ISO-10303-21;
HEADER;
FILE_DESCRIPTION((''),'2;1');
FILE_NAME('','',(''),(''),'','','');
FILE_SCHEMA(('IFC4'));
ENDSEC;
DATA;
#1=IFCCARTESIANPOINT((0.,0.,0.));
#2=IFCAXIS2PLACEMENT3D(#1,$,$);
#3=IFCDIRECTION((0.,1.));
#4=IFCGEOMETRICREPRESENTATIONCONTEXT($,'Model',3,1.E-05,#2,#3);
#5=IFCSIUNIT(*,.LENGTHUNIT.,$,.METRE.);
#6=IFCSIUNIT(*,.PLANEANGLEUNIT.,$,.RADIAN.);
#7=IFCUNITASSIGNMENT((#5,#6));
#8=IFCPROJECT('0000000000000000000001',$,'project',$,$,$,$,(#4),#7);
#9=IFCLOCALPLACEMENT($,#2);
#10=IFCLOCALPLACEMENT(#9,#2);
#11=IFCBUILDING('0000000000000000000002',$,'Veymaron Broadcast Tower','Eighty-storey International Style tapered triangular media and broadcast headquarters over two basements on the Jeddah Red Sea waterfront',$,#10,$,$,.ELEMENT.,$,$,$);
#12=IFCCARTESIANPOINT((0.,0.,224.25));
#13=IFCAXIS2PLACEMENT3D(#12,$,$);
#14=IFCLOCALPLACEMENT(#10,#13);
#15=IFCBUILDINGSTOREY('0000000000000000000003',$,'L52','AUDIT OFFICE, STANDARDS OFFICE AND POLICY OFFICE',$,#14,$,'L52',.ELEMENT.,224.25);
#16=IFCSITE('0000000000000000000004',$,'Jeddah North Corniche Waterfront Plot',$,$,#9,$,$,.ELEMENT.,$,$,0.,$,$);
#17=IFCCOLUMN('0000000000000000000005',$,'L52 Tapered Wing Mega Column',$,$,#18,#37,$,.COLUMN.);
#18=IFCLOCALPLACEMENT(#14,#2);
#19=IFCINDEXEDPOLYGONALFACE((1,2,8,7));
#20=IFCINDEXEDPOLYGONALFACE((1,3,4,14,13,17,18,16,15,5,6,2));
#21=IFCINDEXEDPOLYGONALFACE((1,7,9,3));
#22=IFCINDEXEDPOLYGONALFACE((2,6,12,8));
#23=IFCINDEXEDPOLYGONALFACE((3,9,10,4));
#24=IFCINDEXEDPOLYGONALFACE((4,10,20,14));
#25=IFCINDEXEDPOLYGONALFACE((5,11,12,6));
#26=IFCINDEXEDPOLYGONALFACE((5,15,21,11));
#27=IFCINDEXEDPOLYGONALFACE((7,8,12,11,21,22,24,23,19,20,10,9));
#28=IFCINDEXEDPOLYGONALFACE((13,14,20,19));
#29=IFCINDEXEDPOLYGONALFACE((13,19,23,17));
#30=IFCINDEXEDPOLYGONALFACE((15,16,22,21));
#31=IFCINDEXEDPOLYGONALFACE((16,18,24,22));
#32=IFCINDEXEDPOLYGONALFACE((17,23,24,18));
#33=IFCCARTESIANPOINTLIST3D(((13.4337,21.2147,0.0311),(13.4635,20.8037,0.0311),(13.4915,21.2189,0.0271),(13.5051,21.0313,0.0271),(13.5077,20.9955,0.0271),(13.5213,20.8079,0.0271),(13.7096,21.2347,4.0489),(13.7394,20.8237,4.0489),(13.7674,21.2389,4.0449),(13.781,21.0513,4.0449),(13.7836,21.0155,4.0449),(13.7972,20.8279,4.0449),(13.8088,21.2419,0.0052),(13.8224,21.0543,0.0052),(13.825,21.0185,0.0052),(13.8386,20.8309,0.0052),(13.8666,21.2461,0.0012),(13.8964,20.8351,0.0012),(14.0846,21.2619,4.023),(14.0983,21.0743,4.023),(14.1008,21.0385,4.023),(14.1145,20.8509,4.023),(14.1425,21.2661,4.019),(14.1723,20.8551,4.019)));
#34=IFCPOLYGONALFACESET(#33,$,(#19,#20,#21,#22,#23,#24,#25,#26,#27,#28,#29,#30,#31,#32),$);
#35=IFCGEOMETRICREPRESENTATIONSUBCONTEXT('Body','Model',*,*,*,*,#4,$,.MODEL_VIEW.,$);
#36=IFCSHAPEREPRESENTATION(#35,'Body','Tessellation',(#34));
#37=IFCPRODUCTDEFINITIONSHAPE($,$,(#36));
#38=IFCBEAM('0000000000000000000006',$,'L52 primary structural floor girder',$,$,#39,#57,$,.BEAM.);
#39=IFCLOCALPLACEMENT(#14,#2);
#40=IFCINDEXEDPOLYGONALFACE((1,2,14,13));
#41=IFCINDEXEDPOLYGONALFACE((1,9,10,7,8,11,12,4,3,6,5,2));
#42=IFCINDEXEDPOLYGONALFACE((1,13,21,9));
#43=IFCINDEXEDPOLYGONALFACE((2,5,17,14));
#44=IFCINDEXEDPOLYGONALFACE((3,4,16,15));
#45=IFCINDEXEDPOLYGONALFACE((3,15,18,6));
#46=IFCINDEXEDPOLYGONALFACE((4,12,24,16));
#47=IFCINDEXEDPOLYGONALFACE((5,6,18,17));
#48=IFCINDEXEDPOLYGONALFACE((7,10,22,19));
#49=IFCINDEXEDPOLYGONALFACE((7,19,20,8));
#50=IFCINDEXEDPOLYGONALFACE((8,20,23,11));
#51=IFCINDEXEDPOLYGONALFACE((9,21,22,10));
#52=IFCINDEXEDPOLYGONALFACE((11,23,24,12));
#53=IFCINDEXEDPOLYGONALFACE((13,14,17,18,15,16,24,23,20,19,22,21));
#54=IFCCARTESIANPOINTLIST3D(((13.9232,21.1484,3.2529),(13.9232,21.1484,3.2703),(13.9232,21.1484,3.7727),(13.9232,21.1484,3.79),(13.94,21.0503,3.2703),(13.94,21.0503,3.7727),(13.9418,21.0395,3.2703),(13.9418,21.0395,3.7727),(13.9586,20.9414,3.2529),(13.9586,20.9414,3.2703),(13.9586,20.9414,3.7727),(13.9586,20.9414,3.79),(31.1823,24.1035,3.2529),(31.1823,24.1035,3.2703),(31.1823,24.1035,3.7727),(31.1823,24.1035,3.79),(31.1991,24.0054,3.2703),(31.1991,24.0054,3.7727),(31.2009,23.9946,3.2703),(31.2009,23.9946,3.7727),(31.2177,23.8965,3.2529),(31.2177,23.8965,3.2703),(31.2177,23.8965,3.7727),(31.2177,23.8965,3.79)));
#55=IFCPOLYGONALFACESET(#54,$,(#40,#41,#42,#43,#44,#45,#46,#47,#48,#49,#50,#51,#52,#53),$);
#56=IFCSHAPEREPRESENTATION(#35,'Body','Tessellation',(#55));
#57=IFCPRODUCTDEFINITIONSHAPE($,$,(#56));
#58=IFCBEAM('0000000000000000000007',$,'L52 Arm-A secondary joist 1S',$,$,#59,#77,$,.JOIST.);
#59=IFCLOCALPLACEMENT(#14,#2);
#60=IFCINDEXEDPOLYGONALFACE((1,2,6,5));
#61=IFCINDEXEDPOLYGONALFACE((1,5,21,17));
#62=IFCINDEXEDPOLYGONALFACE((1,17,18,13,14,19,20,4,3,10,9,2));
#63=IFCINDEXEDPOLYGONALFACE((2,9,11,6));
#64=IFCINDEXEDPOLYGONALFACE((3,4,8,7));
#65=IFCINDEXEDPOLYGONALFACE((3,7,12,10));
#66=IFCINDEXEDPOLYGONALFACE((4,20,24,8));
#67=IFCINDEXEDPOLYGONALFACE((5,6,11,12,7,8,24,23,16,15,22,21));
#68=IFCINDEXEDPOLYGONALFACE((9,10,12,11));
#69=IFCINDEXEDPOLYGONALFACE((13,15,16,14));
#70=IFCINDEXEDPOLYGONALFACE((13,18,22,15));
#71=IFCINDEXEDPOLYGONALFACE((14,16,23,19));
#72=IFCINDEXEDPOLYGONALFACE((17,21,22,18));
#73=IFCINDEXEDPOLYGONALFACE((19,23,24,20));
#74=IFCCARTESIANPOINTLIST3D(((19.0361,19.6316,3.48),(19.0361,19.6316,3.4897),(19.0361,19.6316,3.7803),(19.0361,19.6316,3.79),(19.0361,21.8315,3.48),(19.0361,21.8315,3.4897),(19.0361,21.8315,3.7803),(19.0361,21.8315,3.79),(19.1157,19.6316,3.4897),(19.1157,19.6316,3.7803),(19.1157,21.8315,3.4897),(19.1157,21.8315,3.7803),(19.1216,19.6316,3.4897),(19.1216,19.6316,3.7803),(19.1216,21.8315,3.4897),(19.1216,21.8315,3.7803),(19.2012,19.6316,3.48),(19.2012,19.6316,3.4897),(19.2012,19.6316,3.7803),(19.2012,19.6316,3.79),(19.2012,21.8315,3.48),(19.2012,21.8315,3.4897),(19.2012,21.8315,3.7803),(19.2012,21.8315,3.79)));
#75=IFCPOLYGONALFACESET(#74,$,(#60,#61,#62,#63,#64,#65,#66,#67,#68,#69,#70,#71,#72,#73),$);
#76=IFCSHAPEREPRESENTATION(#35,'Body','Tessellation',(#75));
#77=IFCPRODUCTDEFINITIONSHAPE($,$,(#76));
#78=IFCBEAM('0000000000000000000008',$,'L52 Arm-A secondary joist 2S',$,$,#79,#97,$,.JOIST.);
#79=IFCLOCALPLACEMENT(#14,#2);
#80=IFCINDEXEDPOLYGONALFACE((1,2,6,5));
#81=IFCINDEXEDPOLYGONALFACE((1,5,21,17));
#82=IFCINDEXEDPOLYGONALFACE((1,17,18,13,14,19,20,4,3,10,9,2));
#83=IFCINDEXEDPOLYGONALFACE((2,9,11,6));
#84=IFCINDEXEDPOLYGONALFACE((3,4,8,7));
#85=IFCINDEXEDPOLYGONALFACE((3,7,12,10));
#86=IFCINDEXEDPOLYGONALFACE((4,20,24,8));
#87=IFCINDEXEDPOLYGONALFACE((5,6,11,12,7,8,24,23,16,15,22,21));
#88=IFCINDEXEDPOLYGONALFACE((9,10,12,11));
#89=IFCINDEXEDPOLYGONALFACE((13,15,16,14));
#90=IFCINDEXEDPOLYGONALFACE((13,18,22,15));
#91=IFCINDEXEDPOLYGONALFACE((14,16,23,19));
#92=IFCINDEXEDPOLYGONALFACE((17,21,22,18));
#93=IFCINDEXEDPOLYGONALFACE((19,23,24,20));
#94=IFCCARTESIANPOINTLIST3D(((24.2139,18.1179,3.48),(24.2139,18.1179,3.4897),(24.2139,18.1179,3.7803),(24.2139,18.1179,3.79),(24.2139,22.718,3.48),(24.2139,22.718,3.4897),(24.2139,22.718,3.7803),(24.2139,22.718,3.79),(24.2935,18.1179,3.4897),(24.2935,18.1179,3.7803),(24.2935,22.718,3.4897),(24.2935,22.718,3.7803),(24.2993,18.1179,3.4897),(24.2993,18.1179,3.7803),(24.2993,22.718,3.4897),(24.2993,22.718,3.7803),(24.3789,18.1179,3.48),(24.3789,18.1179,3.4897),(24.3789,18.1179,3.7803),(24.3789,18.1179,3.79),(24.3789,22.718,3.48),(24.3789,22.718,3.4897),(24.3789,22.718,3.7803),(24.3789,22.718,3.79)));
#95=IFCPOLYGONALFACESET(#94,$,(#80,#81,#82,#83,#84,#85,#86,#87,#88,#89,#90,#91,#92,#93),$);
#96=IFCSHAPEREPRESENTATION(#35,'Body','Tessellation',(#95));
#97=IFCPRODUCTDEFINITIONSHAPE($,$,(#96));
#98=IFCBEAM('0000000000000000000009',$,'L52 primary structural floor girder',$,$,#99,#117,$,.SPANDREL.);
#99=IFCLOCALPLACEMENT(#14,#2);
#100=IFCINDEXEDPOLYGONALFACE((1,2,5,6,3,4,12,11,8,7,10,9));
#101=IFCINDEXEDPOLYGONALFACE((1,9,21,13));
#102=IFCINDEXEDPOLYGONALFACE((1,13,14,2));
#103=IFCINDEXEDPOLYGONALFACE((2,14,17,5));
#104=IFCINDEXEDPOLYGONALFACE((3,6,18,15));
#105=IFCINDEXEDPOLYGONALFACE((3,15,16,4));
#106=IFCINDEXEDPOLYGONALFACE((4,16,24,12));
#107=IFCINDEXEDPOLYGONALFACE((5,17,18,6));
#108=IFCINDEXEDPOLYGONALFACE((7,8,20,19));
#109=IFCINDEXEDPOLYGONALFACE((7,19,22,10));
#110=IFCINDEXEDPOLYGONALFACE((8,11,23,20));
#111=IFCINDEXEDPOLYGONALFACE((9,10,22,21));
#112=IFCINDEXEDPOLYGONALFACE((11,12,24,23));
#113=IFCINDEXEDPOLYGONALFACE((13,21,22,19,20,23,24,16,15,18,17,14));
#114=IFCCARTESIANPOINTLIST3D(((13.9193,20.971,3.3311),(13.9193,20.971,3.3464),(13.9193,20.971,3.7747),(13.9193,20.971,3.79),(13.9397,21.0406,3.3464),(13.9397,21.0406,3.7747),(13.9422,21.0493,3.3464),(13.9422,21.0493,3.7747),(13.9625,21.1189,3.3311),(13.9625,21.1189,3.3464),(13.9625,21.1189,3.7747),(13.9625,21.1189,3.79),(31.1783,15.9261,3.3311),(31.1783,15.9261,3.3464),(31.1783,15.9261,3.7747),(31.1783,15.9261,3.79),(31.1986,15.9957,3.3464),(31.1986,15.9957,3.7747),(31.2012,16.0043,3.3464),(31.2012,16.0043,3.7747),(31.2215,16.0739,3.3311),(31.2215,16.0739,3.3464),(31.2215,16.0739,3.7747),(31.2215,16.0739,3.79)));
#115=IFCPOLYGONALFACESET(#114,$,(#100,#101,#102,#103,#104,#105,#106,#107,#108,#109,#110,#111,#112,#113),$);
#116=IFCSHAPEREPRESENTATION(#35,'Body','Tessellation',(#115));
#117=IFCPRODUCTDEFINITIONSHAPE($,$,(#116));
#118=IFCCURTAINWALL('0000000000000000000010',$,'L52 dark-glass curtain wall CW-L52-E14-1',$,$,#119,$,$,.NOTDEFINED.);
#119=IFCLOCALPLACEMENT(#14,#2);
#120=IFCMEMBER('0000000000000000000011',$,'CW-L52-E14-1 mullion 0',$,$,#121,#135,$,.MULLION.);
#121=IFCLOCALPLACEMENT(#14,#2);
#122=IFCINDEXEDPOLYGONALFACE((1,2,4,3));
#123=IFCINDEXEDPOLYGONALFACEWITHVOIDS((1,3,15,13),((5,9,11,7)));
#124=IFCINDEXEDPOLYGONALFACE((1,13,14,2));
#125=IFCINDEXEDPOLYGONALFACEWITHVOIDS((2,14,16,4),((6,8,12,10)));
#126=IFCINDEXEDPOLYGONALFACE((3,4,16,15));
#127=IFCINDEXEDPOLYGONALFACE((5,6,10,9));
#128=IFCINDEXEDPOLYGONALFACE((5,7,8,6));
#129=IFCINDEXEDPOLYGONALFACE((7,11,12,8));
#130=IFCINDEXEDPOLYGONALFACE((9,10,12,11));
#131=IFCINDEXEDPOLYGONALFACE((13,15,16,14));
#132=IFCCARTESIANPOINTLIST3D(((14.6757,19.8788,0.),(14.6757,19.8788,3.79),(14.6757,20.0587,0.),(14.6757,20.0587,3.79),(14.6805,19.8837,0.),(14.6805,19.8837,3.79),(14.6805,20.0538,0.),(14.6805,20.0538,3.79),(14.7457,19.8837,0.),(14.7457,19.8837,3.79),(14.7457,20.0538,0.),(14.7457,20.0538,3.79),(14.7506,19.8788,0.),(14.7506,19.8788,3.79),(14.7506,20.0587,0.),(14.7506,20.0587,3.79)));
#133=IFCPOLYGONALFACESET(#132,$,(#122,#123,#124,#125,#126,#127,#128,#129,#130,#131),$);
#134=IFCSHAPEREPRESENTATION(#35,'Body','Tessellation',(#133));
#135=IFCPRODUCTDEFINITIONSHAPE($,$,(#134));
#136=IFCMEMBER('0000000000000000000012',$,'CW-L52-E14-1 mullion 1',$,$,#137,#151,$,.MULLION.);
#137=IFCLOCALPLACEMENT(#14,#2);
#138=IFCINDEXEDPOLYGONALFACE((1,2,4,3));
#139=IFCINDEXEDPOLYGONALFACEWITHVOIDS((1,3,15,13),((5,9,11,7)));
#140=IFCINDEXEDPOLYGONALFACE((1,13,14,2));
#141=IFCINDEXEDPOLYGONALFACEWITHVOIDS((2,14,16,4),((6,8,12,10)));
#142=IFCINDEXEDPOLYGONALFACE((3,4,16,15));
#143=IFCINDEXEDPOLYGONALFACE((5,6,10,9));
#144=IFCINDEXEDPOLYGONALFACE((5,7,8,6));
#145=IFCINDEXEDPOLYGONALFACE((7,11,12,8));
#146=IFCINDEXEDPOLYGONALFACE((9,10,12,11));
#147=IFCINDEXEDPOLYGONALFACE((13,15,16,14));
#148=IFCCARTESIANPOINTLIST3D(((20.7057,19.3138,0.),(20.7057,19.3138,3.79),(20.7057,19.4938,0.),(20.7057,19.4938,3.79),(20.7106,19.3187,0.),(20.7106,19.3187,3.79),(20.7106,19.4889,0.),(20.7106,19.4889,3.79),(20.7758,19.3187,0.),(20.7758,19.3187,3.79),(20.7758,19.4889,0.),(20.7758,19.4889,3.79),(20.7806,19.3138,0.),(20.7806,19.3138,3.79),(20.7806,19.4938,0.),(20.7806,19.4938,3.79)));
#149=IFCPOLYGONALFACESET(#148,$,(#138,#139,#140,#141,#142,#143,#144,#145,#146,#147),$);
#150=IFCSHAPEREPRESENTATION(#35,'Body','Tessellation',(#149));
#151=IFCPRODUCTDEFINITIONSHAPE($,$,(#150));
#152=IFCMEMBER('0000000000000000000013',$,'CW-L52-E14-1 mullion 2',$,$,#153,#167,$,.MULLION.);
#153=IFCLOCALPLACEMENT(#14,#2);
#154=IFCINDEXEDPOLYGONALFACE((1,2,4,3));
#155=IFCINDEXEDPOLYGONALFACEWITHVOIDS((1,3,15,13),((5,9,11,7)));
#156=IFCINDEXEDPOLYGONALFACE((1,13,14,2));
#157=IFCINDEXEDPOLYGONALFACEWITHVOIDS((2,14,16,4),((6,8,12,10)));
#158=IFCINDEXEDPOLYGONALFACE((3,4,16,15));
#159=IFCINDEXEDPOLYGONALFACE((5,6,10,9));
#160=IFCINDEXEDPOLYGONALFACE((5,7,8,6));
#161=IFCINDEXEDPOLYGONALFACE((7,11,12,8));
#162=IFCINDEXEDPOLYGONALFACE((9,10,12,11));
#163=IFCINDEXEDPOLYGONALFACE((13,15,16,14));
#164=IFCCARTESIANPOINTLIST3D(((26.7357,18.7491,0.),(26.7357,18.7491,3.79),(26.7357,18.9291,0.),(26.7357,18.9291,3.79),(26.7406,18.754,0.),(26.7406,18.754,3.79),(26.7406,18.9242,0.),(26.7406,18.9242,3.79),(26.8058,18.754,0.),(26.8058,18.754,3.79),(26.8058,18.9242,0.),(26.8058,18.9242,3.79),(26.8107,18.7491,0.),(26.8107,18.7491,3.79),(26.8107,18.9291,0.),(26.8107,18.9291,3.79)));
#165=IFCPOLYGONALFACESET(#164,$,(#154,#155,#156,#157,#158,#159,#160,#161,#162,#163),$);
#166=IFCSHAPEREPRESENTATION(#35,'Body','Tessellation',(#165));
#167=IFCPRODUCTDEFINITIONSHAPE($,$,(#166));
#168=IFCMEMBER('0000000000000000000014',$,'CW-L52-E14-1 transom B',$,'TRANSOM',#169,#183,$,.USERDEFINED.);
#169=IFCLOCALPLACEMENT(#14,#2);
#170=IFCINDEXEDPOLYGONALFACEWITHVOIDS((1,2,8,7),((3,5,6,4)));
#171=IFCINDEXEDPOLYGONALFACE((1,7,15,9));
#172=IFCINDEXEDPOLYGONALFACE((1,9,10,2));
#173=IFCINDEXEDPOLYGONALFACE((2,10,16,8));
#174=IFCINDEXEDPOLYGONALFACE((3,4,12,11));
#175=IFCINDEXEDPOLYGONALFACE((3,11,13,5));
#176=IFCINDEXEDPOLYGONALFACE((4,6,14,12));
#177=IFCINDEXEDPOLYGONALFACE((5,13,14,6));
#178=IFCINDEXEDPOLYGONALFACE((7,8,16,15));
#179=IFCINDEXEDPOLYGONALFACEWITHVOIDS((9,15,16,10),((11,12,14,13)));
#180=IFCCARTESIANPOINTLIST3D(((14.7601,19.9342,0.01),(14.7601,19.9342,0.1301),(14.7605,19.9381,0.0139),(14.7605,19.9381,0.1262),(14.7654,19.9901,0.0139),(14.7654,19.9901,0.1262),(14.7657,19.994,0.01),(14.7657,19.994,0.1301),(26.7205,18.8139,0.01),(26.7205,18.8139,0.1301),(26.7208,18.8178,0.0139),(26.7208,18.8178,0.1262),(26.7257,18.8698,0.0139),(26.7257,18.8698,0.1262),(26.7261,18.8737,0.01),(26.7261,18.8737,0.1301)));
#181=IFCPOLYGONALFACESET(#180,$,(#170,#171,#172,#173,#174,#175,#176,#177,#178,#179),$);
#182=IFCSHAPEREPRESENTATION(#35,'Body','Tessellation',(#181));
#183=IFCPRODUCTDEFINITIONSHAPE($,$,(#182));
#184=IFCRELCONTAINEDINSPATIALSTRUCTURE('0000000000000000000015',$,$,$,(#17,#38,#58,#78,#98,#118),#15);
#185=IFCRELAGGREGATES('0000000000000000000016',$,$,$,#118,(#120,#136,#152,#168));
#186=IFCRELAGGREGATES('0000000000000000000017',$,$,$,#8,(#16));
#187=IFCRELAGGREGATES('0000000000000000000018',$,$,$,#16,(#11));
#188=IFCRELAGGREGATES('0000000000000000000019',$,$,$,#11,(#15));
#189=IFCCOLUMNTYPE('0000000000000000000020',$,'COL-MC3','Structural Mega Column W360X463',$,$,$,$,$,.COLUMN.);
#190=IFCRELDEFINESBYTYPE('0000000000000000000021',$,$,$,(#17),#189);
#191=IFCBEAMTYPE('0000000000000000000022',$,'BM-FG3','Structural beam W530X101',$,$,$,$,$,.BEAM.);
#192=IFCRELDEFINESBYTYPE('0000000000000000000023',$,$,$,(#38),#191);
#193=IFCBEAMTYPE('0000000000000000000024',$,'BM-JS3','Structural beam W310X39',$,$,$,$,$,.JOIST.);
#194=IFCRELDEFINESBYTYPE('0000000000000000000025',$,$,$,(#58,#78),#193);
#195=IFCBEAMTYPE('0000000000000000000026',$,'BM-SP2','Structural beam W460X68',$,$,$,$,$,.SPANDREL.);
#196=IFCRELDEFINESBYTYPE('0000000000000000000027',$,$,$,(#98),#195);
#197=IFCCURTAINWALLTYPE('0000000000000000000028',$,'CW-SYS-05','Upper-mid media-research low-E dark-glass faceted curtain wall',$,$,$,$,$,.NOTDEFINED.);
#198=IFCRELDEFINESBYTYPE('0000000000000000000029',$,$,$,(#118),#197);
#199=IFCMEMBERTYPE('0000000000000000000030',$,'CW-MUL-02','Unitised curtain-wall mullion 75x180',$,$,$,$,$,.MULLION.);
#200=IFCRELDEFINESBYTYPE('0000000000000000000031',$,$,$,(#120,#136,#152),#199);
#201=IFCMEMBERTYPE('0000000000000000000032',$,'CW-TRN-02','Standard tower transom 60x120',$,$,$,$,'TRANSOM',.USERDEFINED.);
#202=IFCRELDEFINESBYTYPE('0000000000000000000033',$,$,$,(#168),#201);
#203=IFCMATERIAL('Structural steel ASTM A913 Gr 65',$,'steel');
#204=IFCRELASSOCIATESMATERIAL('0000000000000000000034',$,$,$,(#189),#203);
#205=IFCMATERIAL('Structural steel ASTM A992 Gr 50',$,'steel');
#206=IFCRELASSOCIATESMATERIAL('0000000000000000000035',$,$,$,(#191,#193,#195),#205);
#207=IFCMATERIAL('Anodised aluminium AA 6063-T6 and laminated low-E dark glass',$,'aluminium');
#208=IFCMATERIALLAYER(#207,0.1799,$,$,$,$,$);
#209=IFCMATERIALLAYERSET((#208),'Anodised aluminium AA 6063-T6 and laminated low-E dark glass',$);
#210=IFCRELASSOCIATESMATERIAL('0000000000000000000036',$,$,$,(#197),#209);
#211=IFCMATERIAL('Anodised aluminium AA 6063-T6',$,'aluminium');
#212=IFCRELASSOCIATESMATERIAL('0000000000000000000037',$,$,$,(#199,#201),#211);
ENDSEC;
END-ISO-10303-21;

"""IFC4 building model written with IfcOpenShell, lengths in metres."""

from ifc_helpers import new_model, si_unit, direction, frame, origin, origin_2d, place, context, subcontext, project, spatial, hollow_rectangle, i_section, extrude, material, layer, layer_set, material_profile, profile_set, type_object, element, aggregate, save


model = new_model("IFC4")

# Units and contexts
model_context = context("Model", 3, precision=1e-05, world=origin(), true_north=direction((0.0, 1.0)))
body_context = subcontext(model_context, "Body", "Model", "MODEL_VIEW")
ifc_project = project(units=[si_unit("LENGTHUNIT", "METRE"), si_unit("PLANEANGLEUNIT", "RADIAN")], contexts=[model_context])

# Site, building, storey
site_placement = place(None, origin())
site = spatial("IfcSite", under=ifc_project, at=site_placement, Name="Jeddah North Corniche Waterfront Plot", CompositionType="ELEMENT", RefElevation=0.0)
building_placement = place(site_placement, origin())
building = spatial("IfcBuilding", under=site, at=building_placement, Name="Veymaron Broadcast Tower", Description="Eighty-storey International Style tapered triangular media and broadcast headquarters over two basements on the Jeddah Red Sea waterfront", CompositionType="ELEMENT")
storey_placement = place(building_placement, frame((0.0, 0.0, 224.25)))
storey = spatial("IfcBuildingStorey", under=building, at=storey_placement, Name="L52", Description="AUDIT OFFICE, STANDARDS OFFICE AND POLICY OFFICE", LongName="L52", CompositionType="ELEMENT", Elevation=224.25)

# Column
ifc_material_1 = material(Name="Structural steel ASTM A913 Gr 65", Category="steel")
ifc_material_profile_1 = material_profile(ifc_material_1, i_section(OverallWidth=0.4121, OverallDepth=0.4351, WebThickness=0.0359, FlangeThickness=0.0581, at=origin_2d()), Name="W360X463")
ifc_profile_set_1 = profile_set([ifc_material_profile_1], Name="Structural steel ASTM A913 Gr 65")
column_type = type_object("IfcColumnType", Name="COL-MC3", Description="Structural Mega Column W360X463", PredefinedType="COLUMN", material=ifc_profile_set_1)
column_placement = place(storey_placement, frame((13.665, 21.0249, 0.0161), z_axis=(0.068502, 0.004971, 0.997639), x_axis=(-0.072376, 0.997377, 0.0)))
element("IfcColumn", 1, at=column_placement, inside=storey, type_object=column_type, Name="L52 Tapered Wing Mega Column", PredefinedType="COLUMN", context=body_context, shape_type="SweptSolid", body=[
    extrude(i_section(OverallWidth=0.4121, OverallDepth=0.4351, WebThickness=0.0359, FlangeThickness=0.0581, at=origin_2d()), origin(), (0.0, 0.0, 1.0), 4.0273),
])

# Beams
ifc_material_2 = material(Name="Structural steel ASTM A992 Gr 50", Category="steel")
ifc_material_profile_2 = material_profile(ifc_material_2, i_section(OverallWidth=0.21, OverallDepth=0.5371, WebThickness=0.011, FlangeThickness=0.0173, at=origin_2d()), Name="W530X101")
ifc_profile_set_2 = profile_set([ifc_material_profile_2], Name="Structural steel ASTM A992 Gr 50")
beam_type_1 = type_object("IfcBeamType", Name="BM-FG3", Description="Structural beam W530X101", PredefinedType="BEAM", material=ifc_profile_set_2)
beam_1_placement = place(storey_placement, frame((13.9409, 21.0449, 3.5215), z_axis=(0.985657, 0.168763, 0.0), x_axis=(-0.168763, 0.985657, 0.0)))
element("IfcBeam", 2, at=beam_1_placement, inside=storey, type_object=beam_type_1, Name="L52 primary structural floor girder", PredefinedType="BEAM", context=body_context, shape_type="SweptSolid", body=[
    extrude(i_section(OverallWidth=0.21, OverallDepth=0.5371, WebThickness=0.011, FlangeThickness=0.0173, at=origin_2d()), origin(), (0.0, 0.0, 1.0), 17.5103),
])
ifc_material_profile_3 = material_profile(ifc_material_2, i_section(OverallWidth=0.165, OverallDepth=0.3101, WebThickness=0.0059, FlangeThickness=0.0098, at=origin_2d()), Name="W310X39")
ifc_profile_set_3 = profile_set([ifc_material_profile_3], Name="Structural steel ASTM A992 Gr 50")
beam_type_2 = type_object("IfcBeamType", Name="BM-JS3", Description="Structural beam W310X39", PredefinedType="JOIST", material=ifc_profile_set_3)
beam_2_placement = place(storey_placement, frame((19.1187, 19.6316, 3.635), z_axis=(0.0, 1.0, 0.0), x_axis=(-1.0, 0.0, 0.0)))
element("IfcBeam", 3, at=beam_2_placement, inside=storey, type_object=beam_type_2, Name="L52 Arm-A secondary joist 1S", PredefinedType="JOIST", context=body_context, shape_type="SweptSolid", body=[
    extrude(i_section(OverallWidth=0.165, OverallDepth=0.3101, WebThickness=0.0059, FlangeThickness=0.0098, at=origin_2d()), origin(), (0.0, 0.0, 1.0), 2.2),
])
beam_3_placement = place(storey_placement, frame((24.2964, 18.1179, 3.635), z_axis=(0.0, 1.0, 0.0), x_axis=(-1.0, 0.0, 0.0)))
element("IfcBeam", 4, at=beam_3_placement, inside=storey, type_object=beam_type_2, Name="L52 Arm-A secondary joist 2S", PredefinedType="JOIST", context=body_context, shape_type="SweptSolid", body=[
    extrude(i_section(OverallWidth=0.165, OverallDepth=0.3101, WebThickness=0.0059, FlangeThickness=0.0098, at=origin_2d()), origin(), (0.0, 0.0, 1.0), 4.6001),
])
ifc_material_profile_4 = material_profile(ifc_material_2, i_section(OverallWidth=0.1541, OverallDepth=0.459, WebThickness=0.009, FlangeThickness=0.0154, at=origin_2d()), Name="W460X68")
ifc_profile_set_4 = profile_set([ifc_material_profile_4], Name="Structural steel ASTM A992 Gr 50")
beam_type_3 = type_object("IfcBeamType", Name="BM-SP2", Description="Structural beam W460X68", PredefinedType="SPANDREL", material=ifc_profile_set_4)
beam_4_placement = place(storey_placement, frame((13.9409, 21.0449, 3.5605), z_axis=(0.959835, -0.280566, 0.0), x_axis=(0.280566, 0.959835, 0.0)))
element("IfcBeam", 5, at=beam_4_placement, inside=storey, type_object=beam_type_3, Name="L52 primary structural floor girder", PredefinedType="SPANDREL", context=body_context, shape_type="SweptSolid", body=[
    extrude(i_section(OverallWidth=0.1541, OverallDepth=0.459, WebThickness=0.009, FlangeThickness=0.0154, at=origin_2d()), origin(), (0.0, 0.0, 1.0), 17.9812),
])

# Curtain wall, members
ifc_material_3 = material(Name="Anodised aluminium AA 6063-T6 and laminated low-E dark glass", Category="aluminium")
ifc_layer_1 = layer(ifc_material_3, 0.1799)
ifc_layer_set_1 = layer_set([ifc_layer_1], Name="Anodised aluminium AA 6063-T6 and laminated low-E dark glass")
curtain_wall_type = type_object("IfcCurtainWallType", Name="CW-SYS-05", Description="Upper-mid media-research low-E dark-glass faceted curtain wall", PredefinedType="NOTDEFINED", material=ifc_layer_set_1)
curtain_wall_placement = place(storey_placement, origin())
curtain_wall = element("IfcCurtainWall", 6, at=curtain_wall_placement, inside=storey, type_object=curtain_wall_type, Name="L52 dark-glass curtain wall CW-L52-E14-1", PredefinedType="NOTDEFINED")
ifc_material_4 = material(Name="Anodised aluminium AA 6063-T6", Category="aluminium")
ifc_material_profile_5 = material_profile(ifc_material_4, hollow_rectangle(XDim=0.075, YDim=0.1799, WallThickness=0.0049, at=origin_2d()), Name="AL180X75X5")
ifc_profile_set_5 = profile_set([ifc_material_profile_5], Name="Anodised aluminium AA 6063-T6")
member_type_1 = type_object("IfcMemberType", Name="CW-MUL-02", Description="Unitised curtain-wall mullion 75x180", PredefinedType="MULLION", material=ifc_profile_set_5)
member_1_placement = place(storey_placement, frame((14.7131, 19.9688, 0.0), z_axis=(0.0, 0.0, 1.0), x_axis=(1.0, 0.0, 0.0)))
member_1 = element("IfcMember", 7, at=member_1_placement, type_object=member_type_1, Name="CW-L52-E14-1 mullion 0", PredefinedType="MULLION", context=body_context, shape_type="SweptSolid", body=[
    extrude(hollow_rectangle(XDim=0.075, YDim=0.1799, WallThickness=0.0049, at=origin_2d()), origin(), (0.0, 0.0, 1.0), 3.79),
])
member_2_placement = place(storey_placement, frame((20.7432, 19.4038, 0.0), z_axis=(0.0, 0.0, 1.0), x_axis=(1.0, 0.0, 0.0)))
member_2 = element("IfcMember", 8, at=member_2_placement, type_object=member_type_1, Name="CW-L52-E14-1 mullion 1", PredefinedType="MULLION", context=body_context, shape_type="SweptSolid", body=[
    extrude(hollow_rectangle(XDim=0.075, YDim=0.1799, WallThickness=0.0049, at=origin_2d()), origin(), (0.0, 0.0, 1.0), 3.79),
])
member_3_placement = place(storey_placement, frame((26.7732, 18.8391, 0.0), z_axis=(0.0, 0.0, 1.0), x_axis=(1.0, 0.0, 0.0)))
member_3 = element("IfcMember", 9, at=member_3_placement, type_object=member_type_1, Name="CW-L52-E14-1 mullion 2", PredefinedType="MULLION", context=body_context, shape_type="SweptSolid", body=[
    extrude(hollow_rectangle(XDim=0.075, YDim=0.1799, WallThickness=0.0049, at=origin_2d()), origin(), (0.0, 0.0, 1.0), 3.79),
])
ifc_material_profile_6 = material_profile(ifc_material_4, hollow_rectangle(XDim=0.0601, YDim=0.1201, WallThickness=0.0039, at=origin_2d()), Name="AL120X60X4")
ifc_profile_set_6 = profile_set([ifc_material_profile_6], Name="Anodised aluminium AA 6063-T6")
member_type_2 = type_object("IfcMemberType", Name="CW-TRN-02", Description="Standard tower transom 60x120", ElementType="TRANSOM", PredefinedType="USERDEFINED", material=ifc_profile_set_6)
member_4_placement = place(storey_placement, frame((14.7629, 19.9641, 0.0701), z_axis=(0.995641, -0.093264, 0.0), x_axis=(0.093264, 0.995641, 0.0)))
member_4 = element("IfcMember", 10, at=member_4_placement, type_object=member_type_2, Name="CW-L52-E14-1 transom B", ObjectType="TRANSOM", PredefinedType="USERDEFINED", context=body_context, shape_type="SweptSolid", body=[
    extrude(hollow_rectangle(XDim=0.0601, YDim=0.1201, WallThickness=0.0039, at=origin_2d()), origin(), (0.0, 0.0, 1.0), 12.0127),
])
aggregate(curtain_wall, [member_1, member_2, member_3, member_4])

save(model, "model.ifc")
